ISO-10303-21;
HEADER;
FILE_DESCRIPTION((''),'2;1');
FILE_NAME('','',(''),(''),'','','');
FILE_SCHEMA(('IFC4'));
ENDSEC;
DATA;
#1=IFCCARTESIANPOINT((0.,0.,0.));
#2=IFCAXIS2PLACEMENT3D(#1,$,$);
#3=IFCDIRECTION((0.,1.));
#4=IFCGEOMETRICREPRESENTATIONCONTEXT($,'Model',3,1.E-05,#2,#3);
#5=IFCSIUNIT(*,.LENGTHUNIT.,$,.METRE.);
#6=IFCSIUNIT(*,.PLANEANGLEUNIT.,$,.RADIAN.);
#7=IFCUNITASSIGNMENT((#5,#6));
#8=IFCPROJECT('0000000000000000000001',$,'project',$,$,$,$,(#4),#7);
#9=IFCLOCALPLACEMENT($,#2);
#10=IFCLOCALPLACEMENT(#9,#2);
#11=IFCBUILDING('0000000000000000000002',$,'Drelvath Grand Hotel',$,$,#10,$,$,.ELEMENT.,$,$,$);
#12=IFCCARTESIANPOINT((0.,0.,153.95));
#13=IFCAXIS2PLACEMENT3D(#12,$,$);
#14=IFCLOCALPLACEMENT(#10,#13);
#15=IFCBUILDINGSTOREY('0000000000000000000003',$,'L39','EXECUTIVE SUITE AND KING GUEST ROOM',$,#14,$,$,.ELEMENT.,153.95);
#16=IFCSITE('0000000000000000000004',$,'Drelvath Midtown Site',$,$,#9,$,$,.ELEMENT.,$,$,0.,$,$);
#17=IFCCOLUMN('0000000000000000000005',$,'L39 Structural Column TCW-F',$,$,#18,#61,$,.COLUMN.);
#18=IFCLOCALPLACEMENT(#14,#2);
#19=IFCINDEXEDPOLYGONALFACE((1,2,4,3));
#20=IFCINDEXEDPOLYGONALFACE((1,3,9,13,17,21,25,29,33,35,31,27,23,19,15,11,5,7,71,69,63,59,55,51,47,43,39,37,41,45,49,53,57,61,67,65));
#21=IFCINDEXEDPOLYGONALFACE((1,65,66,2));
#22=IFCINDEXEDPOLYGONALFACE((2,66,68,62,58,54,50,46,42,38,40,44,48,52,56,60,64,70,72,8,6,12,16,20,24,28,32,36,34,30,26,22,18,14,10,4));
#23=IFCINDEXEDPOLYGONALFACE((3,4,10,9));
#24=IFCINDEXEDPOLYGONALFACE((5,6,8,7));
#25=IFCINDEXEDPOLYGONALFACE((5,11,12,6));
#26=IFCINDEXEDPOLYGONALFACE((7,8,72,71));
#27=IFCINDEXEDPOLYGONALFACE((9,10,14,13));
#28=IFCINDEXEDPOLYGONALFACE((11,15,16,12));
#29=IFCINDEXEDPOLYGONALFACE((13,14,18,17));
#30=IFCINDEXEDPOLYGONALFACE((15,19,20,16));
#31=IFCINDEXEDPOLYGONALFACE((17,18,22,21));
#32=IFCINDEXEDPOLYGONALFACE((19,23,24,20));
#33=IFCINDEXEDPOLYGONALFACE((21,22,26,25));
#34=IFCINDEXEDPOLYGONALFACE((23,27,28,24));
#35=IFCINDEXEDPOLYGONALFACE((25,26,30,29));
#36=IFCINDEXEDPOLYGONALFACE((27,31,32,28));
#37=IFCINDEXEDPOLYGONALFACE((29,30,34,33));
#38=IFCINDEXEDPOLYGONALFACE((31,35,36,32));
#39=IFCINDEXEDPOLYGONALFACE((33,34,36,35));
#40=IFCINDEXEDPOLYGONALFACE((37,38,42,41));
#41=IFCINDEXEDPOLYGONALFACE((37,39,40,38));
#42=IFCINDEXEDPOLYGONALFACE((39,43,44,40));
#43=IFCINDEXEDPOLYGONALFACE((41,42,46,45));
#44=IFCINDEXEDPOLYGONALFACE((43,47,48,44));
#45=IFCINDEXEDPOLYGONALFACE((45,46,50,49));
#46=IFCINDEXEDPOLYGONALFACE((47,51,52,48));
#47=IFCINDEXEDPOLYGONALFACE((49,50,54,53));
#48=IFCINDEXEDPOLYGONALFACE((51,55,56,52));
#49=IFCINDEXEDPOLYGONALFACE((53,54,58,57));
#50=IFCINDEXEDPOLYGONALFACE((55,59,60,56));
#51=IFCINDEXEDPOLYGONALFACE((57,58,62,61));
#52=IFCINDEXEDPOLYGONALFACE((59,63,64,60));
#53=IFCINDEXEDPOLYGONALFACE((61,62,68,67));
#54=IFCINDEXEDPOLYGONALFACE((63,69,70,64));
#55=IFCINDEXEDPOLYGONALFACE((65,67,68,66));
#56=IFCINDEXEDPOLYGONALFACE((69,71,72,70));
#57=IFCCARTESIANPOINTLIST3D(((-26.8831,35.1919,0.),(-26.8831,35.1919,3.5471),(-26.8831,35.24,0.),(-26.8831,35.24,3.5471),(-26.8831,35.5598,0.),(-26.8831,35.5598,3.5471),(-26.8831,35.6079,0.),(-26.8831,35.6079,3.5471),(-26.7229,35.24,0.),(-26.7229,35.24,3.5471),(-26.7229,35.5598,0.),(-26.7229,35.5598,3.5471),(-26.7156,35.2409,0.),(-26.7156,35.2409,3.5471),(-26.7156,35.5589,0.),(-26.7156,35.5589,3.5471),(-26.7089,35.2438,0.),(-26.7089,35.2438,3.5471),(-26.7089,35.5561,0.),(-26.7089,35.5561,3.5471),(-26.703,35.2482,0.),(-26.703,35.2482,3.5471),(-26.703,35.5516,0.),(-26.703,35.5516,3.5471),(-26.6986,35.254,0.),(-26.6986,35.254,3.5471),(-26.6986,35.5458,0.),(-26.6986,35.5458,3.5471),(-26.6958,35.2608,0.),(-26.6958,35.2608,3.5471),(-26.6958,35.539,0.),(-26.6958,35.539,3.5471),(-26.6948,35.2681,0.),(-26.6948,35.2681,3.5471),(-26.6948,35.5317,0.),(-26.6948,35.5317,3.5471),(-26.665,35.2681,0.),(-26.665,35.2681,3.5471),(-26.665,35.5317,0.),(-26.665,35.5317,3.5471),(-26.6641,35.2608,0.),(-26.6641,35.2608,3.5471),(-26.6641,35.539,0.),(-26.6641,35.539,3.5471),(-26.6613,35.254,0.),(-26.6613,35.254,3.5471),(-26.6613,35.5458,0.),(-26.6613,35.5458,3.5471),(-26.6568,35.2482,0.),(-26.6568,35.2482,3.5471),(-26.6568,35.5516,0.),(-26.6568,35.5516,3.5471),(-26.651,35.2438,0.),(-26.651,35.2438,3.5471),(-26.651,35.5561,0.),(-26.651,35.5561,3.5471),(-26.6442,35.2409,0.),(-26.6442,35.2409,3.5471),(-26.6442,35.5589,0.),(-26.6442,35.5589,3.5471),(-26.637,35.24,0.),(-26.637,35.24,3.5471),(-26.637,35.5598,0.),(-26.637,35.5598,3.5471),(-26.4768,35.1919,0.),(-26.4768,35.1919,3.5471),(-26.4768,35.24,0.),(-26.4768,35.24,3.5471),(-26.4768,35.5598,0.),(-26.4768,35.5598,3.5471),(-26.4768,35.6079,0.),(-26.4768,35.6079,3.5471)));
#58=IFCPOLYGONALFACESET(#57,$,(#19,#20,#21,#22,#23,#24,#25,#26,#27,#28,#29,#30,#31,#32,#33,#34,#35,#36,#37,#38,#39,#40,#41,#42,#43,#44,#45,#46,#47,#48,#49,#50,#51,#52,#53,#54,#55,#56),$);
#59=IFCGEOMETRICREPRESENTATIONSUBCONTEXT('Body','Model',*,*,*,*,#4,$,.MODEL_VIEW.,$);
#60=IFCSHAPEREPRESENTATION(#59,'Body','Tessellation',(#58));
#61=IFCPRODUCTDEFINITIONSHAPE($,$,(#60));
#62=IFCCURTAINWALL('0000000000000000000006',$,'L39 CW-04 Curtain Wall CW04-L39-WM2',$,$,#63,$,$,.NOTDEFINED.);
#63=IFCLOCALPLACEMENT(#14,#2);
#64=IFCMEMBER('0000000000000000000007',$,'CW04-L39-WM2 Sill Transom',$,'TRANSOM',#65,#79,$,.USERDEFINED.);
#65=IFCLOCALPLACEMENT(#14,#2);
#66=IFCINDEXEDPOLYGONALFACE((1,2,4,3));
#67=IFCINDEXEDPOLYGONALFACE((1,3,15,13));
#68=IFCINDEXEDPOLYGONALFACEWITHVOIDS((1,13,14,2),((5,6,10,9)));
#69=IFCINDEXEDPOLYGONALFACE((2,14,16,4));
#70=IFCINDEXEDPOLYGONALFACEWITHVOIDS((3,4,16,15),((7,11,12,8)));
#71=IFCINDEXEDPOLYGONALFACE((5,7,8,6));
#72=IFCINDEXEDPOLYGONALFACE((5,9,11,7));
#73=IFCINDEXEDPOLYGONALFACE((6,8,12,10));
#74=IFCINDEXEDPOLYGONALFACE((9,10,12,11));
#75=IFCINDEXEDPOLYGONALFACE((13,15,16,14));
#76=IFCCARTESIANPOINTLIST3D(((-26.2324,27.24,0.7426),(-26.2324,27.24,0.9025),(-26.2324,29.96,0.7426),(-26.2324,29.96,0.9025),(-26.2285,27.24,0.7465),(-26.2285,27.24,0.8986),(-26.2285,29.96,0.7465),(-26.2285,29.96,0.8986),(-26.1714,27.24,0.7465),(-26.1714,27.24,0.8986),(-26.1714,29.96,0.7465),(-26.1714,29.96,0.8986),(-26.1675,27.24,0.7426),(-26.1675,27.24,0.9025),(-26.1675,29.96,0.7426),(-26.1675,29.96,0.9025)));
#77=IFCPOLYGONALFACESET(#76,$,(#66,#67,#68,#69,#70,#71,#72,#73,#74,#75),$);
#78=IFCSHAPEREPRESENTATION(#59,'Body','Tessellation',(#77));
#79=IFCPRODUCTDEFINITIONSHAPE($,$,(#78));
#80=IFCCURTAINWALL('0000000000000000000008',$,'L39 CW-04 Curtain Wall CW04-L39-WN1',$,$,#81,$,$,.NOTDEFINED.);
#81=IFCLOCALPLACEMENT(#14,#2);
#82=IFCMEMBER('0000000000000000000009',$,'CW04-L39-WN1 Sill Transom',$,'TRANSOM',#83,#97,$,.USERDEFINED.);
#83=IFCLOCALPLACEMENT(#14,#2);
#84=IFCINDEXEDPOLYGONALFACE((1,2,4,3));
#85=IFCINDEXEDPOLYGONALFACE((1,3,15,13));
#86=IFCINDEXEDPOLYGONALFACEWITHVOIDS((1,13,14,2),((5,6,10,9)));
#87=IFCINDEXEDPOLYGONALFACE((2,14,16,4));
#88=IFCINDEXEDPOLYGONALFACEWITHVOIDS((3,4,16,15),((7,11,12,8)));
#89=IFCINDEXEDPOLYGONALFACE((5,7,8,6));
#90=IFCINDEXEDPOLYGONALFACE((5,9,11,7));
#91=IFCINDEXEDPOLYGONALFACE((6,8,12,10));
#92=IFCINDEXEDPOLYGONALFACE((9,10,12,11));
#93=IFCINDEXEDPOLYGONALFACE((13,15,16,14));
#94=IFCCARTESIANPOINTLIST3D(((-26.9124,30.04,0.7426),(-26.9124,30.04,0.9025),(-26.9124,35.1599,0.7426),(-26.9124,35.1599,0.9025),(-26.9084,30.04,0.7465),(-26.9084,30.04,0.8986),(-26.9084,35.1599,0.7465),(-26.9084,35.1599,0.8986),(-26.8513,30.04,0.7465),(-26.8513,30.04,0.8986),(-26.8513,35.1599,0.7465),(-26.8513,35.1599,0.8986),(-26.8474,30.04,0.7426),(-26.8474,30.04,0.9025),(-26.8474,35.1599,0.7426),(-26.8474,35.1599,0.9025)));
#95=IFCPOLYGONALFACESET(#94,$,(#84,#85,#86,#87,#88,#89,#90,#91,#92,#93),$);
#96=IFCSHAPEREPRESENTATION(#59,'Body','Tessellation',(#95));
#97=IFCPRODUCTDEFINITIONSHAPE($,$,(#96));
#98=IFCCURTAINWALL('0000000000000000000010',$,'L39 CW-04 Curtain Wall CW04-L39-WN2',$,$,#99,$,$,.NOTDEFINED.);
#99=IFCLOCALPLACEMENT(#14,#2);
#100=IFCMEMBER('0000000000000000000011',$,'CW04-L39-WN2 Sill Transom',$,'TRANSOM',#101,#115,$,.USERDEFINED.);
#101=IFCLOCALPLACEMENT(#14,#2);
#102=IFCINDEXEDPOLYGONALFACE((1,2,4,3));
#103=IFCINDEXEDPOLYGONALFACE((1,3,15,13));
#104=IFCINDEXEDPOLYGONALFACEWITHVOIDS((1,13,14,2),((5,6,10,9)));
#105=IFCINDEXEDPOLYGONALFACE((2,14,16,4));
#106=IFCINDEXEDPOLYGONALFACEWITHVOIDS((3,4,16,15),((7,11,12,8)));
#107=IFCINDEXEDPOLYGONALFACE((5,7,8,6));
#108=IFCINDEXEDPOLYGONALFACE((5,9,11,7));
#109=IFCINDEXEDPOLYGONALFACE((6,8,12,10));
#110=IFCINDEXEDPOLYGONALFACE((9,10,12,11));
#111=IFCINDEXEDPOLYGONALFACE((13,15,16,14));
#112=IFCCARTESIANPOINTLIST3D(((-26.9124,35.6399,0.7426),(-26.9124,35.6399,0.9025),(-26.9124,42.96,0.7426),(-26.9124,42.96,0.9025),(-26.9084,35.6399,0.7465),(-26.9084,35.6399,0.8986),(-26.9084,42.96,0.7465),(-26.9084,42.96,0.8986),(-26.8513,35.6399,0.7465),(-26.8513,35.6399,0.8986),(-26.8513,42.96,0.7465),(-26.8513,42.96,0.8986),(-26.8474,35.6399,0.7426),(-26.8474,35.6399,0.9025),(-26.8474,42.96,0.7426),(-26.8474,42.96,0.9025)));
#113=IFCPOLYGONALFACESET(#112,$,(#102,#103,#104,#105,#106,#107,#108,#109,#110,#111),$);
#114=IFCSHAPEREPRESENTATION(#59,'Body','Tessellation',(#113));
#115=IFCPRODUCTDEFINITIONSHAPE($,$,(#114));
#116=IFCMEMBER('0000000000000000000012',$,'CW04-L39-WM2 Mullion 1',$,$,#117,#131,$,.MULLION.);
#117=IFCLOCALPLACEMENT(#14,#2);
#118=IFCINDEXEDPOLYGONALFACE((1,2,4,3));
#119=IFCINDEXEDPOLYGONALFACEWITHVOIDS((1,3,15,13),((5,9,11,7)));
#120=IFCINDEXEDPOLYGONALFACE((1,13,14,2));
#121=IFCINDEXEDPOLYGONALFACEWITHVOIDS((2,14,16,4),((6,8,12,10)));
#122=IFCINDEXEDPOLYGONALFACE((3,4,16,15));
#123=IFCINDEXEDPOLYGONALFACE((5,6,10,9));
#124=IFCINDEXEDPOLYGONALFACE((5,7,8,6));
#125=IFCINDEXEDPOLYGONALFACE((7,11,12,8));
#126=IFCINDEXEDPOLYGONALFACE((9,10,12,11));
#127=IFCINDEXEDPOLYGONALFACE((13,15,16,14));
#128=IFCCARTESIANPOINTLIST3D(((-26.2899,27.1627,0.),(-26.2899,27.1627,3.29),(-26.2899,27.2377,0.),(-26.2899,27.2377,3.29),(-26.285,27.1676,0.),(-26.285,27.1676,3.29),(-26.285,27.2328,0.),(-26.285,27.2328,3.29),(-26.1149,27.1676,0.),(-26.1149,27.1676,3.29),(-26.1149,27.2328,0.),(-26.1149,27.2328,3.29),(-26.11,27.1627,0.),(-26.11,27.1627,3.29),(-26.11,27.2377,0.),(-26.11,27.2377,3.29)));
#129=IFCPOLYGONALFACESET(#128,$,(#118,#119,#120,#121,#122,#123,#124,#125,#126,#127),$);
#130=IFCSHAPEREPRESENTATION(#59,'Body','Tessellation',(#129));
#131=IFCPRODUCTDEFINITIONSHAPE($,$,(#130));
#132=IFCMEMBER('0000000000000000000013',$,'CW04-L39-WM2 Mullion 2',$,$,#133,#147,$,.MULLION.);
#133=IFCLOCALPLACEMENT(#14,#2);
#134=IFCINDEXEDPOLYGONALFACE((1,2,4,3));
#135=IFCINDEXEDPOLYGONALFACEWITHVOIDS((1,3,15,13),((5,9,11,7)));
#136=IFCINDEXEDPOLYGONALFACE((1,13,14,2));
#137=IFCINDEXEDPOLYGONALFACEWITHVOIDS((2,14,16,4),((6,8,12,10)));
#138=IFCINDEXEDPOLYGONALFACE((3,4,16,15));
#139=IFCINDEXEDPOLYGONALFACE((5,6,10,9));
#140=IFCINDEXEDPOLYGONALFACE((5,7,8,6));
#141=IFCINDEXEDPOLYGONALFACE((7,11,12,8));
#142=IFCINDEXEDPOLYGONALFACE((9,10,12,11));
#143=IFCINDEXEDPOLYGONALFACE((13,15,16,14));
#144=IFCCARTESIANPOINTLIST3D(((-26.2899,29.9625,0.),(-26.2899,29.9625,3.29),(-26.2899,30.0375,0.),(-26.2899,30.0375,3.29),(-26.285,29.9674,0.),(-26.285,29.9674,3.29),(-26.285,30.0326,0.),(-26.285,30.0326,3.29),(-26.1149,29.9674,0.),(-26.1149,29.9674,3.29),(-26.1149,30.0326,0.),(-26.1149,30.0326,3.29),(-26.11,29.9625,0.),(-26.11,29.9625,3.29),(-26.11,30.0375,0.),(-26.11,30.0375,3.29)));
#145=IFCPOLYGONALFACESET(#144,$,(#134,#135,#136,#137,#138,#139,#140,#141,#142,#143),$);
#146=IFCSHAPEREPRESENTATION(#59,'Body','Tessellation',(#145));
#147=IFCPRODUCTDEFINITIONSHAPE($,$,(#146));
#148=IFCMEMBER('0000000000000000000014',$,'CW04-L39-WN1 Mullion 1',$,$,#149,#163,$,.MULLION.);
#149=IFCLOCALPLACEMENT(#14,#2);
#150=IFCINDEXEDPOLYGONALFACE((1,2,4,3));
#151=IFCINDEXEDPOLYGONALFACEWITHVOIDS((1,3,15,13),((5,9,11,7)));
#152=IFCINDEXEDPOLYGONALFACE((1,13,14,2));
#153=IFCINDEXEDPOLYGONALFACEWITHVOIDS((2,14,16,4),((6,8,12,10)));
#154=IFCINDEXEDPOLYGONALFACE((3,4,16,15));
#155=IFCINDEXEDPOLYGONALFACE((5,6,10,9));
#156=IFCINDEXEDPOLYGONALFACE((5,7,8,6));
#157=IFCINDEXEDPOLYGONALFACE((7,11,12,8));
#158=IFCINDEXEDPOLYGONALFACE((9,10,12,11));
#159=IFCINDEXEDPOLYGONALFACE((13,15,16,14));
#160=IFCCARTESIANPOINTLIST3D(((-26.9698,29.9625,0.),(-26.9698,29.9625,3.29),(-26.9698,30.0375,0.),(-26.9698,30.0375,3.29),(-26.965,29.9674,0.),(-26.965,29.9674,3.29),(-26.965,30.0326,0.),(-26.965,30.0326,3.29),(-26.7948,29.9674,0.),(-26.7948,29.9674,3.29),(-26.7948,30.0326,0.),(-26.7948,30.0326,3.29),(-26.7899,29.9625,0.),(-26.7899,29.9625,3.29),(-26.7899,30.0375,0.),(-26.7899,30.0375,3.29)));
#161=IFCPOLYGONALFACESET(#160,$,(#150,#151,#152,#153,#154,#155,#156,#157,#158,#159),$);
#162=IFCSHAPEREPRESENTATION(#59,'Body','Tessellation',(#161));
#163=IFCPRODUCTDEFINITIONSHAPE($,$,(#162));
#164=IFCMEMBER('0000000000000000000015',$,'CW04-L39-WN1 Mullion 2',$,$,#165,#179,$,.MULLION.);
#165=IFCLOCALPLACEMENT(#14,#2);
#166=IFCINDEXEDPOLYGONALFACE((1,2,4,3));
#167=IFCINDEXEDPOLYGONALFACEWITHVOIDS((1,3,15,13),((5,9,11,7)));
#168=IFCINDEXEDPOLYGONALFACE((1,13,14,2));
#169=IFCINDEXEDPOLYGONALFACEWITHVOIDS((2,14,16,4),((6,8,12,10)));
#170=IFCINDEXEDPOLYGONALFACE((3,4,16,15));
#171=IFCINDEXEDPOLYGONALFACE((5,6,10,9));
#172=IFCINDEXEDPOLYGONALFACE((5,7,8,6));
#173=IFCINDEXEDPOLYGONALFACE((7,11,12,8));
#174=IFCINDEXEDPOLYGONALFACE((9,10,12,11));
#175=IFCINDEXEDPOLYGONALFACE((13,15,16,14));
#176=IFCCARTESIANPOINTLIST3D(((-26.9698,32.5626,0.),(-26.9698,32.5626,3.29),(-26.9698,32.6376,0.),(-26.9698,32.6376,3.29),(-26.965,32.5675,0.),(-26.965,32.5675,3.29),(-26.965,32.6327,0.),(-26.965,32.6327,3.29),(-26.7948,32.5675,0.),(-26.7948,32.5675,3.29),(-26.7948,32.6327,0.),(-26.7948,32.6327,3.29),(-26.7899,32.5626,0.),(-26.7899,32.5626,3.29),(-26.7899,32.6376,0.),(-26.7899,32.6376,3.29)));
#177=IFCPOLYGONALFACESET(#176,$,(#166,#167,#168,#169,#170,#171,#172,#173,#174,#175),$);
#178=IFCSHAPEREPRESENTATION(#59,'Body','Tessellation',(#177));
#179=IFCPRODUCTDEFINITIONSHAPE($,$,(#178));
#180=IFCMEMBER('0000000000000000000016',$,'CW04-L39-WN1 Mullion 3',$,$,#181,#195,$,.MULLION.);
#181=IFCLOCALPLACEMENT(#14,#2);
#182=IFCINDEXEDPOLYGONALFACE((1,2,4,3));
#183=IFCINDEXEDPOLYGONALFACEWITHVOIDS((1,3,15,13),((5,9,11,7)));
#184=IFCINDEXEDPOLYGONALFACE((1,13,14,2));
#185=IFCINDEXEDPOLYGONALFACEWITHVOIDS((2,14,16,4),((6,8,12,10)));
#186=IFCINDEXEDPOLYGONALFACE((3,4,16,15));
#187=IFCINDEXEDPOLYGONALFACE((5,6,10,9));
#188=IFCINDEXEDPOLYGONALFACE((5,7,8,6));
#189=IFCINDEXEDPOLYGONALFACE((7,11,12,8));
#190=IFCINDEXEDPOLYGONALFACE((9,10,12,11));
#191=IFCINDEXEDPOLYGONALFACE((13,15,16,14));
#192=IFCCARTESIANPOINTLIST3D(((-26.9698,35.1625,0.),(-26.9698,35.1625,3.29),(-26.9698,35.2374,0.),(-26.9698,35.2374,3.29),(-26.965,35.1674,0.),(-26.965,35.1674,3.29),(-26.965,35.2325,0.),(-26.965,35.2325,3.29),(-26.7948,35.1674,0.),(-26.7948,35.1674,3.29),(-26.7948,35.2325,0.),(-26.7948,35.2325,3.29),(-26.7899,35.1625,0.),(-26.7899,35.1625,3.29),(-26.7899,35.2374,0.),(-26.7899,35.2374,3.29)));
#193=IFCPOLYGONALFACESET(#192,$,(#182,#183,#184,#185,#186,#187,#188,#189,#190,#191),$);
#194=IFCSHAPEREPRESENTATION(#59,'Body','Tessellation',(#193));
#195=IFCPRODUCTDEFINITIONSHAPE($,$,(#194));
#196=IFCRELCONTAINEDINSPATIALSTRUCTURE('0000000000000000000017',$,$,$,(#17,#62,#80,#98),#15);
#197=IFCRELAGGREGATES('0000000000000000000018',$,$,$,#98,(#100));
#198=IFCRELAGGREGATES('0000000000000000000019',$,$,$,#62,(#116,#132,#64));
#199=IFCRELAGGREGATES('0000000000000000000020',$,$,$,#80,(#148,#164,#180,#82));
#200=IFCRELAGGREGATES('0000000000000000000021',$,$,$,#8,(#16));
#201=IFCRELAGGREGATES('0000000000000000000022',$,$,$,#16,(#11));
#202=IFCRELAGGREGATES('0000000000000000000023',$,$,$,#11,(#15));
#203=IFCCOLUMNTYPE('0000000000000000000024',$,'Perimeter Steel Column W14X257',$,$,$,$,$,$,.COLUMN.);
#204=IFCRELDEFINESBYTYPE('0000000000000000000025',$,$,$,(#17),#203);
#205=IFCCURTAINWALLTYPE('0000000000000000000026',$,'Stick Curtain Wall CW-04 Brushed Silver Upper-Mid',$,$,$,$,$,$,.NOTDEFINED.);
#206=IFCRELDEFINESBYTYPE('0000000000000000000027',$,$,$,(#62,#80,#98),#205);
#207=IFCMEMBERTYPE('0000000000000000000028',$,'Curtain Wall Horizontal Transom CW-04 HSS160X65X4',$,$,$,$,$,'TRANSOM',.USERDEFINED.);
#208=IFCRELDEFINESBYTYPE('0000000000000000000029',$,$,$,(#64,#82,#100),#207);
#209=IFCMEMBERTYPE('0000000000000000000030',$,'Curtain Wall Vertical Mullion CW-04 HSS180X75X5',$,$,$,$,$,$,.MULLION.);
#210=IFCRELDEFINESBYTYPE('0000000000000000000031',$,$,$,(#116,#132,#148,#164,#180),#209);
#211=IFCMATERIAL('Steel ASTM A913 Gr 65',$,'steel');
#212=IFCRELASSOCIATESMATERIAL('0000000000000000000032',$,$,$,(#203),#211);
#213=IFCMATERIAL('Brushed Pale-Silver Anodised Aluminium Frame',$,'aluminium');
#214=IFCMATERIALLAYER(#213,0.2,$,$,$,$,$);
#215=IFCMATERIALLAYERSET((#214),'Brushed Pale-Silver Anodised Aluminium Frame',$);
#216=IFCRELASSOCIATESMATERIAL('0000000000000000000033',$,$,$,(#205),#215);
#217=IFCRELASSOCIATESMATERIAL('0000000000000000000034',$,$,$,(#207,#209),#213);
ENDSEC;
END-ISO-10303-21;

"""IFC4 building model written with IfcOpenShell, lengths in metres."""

from ifc_helpers import new_model, si_unit, direction, frame, origin, origin_2d, place, context, subcontext, project, spatial, hollow_rectangle, i_section, extrude, material, layer, layer_set, material_profile, profile_set, type_object, element, aggregate, save


model = new_model("IFC4")

# Units and contexts
model_context = context("Model", 3, precision=1e-05, world=origin(), true_north=direction((0.0, 1.0)))
body_context = subcontext(model_context, "Body", "Model", "MODEL_VIEW")
ifc_project = project(units=[si_unit("LENGTHUNIT", "METRE"), si_unit("PLANEANGLEUNIT", "RADIAN")], contexts=[model_context])

# Site, building, storey
site_placement = place(None, origin())
site = spatial("IfcSite", under=ifc_project, at=site_placement, Name="Drelvath Midtown Site", CompositionType="ELEMENT", RefElevation=0.0)
building_placement = place(site_placement, origin())
building = spatial("IfcBuilding", under=site, at=building_placement, Name="Drelvath Grand Hotel", CompositionType="ELEMENT")
storey_placement = place(building_placement, frame((0.0, 0.0, 153.95)))
storey = spatial("IfcBuildingStorey", under=building, at=storey_placement, Name="L39", Description="EXECUTIVE SUITE AND KING GUEST ROOM", CompositionType="ELEMENT", Elevation=153.95)

# Column
ifc_material_1 = material(Name="Steel ASTM A913 Gr 65", Category="steel")
ifc_material_profile_1 = material_profile(ifc_material_1, i_section(OverallWidth=0.4062, OverallDepth=0.416, WebThickness=0.0298, FlangeThickness=0.0481, FilletRadius=0.0281, at=origin_2d()), Name="W14X257")
ifc_profile_set_1 = profile_set([ifc_material_profile_1], Name="Steel ASTM A913 Gr 65")
column_type = type_object("IfcColumnType", Name="Perimeter Steel Column W14X257", PredefinedType="COLUMN", material=ifc_profile_set_1)
column_placement = place(storey_placement, frame((-26.6799, 35.3999, 0.0), z_axis=(0.0, 0.0, 1.0), x_axis=(1.0, 0.0, 0.0)))
element("IfcColumn", 1, at=column_placement, inside=storey, type_object=column_type, Name="L39 Structural Column TCW-F", PredefinedType="COLUMN", context=body_context, shape_type="SweptSolid", body=[
    extrude(i_section(OverallWidth=0.4062, OverallDepth=0.416, WebThickness=0.0298, FlangeThickness=0.0481, FilletRadius=0.0281, at=origin_2d()), origin(), (0.0, 0.0, 1.0), 3.5471),
])

# Curtain walls, members
ifc_material_2 = material(Name="Brushed Pale-Silver Anodised Aluminium Frame", Category="aluminium")
ifc_layer_1 = layer(ifc_material_2, 0.2)
ifc_layer_set_1 = layer_set([ifc_layer_1], Name="Brushed Pale-Silver Anodised Aluminium Frame")
curtain_wall_type = type_object("IfcCurtainWallType", Name="Stick Curtain Wall CW-04 Brushed Silver Upper-Mid", PredefinedType="NOTDEFINED", material=ifc_layer_set_1)
curtain_wall_1_placement = place(storey_placement, origin())
curtain_wall_1 = element("IfcCurtainWall", 2, at=curtain_wall_1_placement, inside=storey, type_object=curtain_wall_type, Name="L39 CW-04 Curtain Wall CW04-L39-WM2", PredefinedType="NOTDEFINED")
ifc_material_profile_2 = material_profile(ifc_material_2, hollow_rectangle(XDim=0.0649, YDim=0.1599, WallThickness=0.0039, at=origin_2d()), Name="HSS160X65X4")
ifc_profile_set_2 = profile_set([ifc_material_profile_2], Name="Brushed Pale-Silver Anodised Aluminium Frame")
member_type_1 = type_object("IfcMemberType", Name="Curtain Wall Horizontal Transom CW-04 HSS160X65X4", ElementType="TRANSOM", PredefinedType="USERDEFINED", material=ifc_profile_set_2)
member_1_placement = place(storey_placement, frame((-26.2, 27.24, 0.8225), z_axis=(0.0, 1.0, 0.0), x_axis=(-1.0, 0.0, 0.0)))
member_1 = element("IfcMember", 3, at=member_1_placement, type_object=member_type_1, Name="CW04-L39-WM2 Sill Transom", ObjectType="TRANSOM", PredefinedType="USERDEFINED", context=body_context, shape_type="SweptSolid", body=[
    extrude(hollow_rectangle(XDim=0.0649, YDim=0.1599, WallThickness=0.0039, at=origin_2d()), origin(), (0.0, 0.0, 1.0), 2.72),
])
curtain_wall_2_placement = place(storey_placement, origin())
curtain_wall_2 = element("IfcCurtainWall", 4, at=curtain_wall_2_placement, inside=storey, type_object=curtain_wall_type, Name="L39 CW-04 Curtain Wall CW04-L39-WN1", PredefinedType="NOTDEFINED")
member_2_placement = place(storey_placement, frame((-26.8799, 30.04, 0.8225), z_axis=(0.0, 1.0, 0.0), x_axis=(-1.0, 0.0, 0.0)))
member_2 = element("IfcMember", 5, at=member_2_placement, type_object=member_type_1, Name="CW04-L39-WN1 Sill Transom", ObjectType="TRANSOM", PredefinedType="USERDEFINED", context=body_context, shape_type="SweptSolid", body=[
    extrude(hollow_rectangle(XDim=0.0649, YDim=0.1599, WallThickness=0.0039, at=origin_2d()), origin(), (0.0, 0.0, 1.0), 5.1199),
])
curtain_wall_3_placement = place(storey_placement, origin())
curtain_wall_3 = element("IfcCurtainWall", 6, at=curtain_wall_3_placement, inside=storey, type_object=curtain_wall_type, Name="L39 CW-04 Curtain Wall CW04-L39-WN2", PredefinedType="NOTDEFINED")
member_3_placement = place(storey_placement, frame((-26.8799, 35.6399, 0.8225), z_axis=(0.0, 1.0, 0.0), x_axis=(-1.0, 0.0, 0.0)))
member_3 = element("IfcMember", 7, at=member_3_placement, type_object=member_type_1, Name="CW04-L39-WN2 Sill Transom", ObjectType="TRANSOM", PredefinedType="USERDEFINED", context=body_context, shape_type="SweptSolid", body=[
    extrude(hollow_rectangle(XDim=0.0649, YDim=0.1599, WallThickness=0.0039, at=origin_2d()), origin(), (0.0, 0.0, 1.0), 7.3201),
])

# Members
ifc_material_profile_3 = material_profile(ifc_material_2, hollow_rectangle(XDim=0.075, YDim=0.1799, WallThickness=0.0049, at=origin_2d()), Name="HSS180X75X5")
ifc_profile_set_3 = profile_set([ifc_material_profile_3], Name="Brushed Pale-Silver Anodised Aluminium Frame")
member_type_2 = type_object("IfcMemberType", Name="Curtain Wall Vertical Mullion CW-04 HSS180X75X5", PredefinedType="MULLION", material=ifc_profile_set_3)
member_4_placement = place(storey_placement, frame((-26.2, 27.2002, 0.0), z_axis=(0.0, 0.0, 1.0), x_axis=(0.0, 1.0, 0.0)))
member_4 = element("IfcMember", 8, at=member_4_placement, type_object=member_type_2, Name="CW04-L39-WM2 Mullion 1", PredefinedType="MULLION", context=body_context, shape_type="SweptSolid", body=[
    extrude(hollow_rectangle(XDim=0.075, YDim=0.1799, WallThickness=0.0049, at=origin_2d()), origin(), (0.0, 0.0, 1.0), 3.29),
])
member_5_placement = place(storey_placement, frame((-26.2, 30.0, 0.0), z_axis=(0.0, 0.0, 1.0), x_axis=(0.0, 1.0, 0.0)))
member_5 = element("IfcMember", 9, at=member_5_placement, type_object=member_type_2, Name="CW04-L39-WM2 Mullion 2", PredefinedType="MULLION", context=body_context, shape_type="SweptSolid", body=[
    extrude(hollow_rectangle(XDim=0.075, YDim=0.1799, WallThickness=0.0049, at=origin_2d()), origin(), (0.0, 0.0, 1.0), 3.29),
])
member_6_placement = place(storey_placement, frame((-26.8799, 30.0, 0.0), z_axis=(0.0, 0.0, 1.0), x_axis=(0.0, 1.0, 0.0)))
member_6 = element("IfcMember", 10, at=member_6_placement, type_object=member_type_2, Name="CW04-L39-WN1 Mullion 1", PredefinedType="MULLION", context=body_context, shape_type="SweptSolid", body=[
    extrude(hollow_rectangle(XDim=0.075, YDim=0.1799, WallThickness=0.0049, at=origin_2d()), origin(), (0.0, 0.0, 1.0), 3.29),
])
member_7_placement = place(storey_placement, frame((-26.8799, 32.6001, 0.0), z_axis=(0.0, 0.0, 1.0), x_axis=(0.0, 1.0, 0.0)))
member_7 = element("IfcMember", 11, at=member_7_placement, type_object=member_type_2, Name="CW04-L39-WN1 Mullion 2", PredefinedType="MULLION", context=body_context, shape_type="SweptSolid", body=[
    extrude(hollow_rectangle(XDim=0.075, YDim=0.1799, WallThickness=0.0049, at=origin_2d()), origin(), (0.0, 0.0, 1.0), 3.29),
])
member_8_placement = place(storey_placement, frame((-26.8799, 35.2, 0.0), z_axis=(0.0, 0.0, 1.0), x_axis=(0.0, 1.0, 0.0)))
member_8 = element("IfcMember", 12, at=member_8_placement, type_object=member_type_2, Name="CW04-L39-WN1 Mullion 3", PredefinedType="MULLION", context=body_context, shape_type="SweptSolid", body=[
    extrude(hollow_rectangle(XDim=0.075, YDim=0.1799, WallThickness=0.0049, at=origin_2d()), origin(), (0.0, 0.0, 1.0), 3.29),
])
aggregate(curtain_wall_3, [member_3])

aggregate(curtain_wall_1, [member_4, member_5, member_1])
aggregate(curtain_wall_2, [member_6, member_7, member_8, member_2])

save(model, "model.ifc")
